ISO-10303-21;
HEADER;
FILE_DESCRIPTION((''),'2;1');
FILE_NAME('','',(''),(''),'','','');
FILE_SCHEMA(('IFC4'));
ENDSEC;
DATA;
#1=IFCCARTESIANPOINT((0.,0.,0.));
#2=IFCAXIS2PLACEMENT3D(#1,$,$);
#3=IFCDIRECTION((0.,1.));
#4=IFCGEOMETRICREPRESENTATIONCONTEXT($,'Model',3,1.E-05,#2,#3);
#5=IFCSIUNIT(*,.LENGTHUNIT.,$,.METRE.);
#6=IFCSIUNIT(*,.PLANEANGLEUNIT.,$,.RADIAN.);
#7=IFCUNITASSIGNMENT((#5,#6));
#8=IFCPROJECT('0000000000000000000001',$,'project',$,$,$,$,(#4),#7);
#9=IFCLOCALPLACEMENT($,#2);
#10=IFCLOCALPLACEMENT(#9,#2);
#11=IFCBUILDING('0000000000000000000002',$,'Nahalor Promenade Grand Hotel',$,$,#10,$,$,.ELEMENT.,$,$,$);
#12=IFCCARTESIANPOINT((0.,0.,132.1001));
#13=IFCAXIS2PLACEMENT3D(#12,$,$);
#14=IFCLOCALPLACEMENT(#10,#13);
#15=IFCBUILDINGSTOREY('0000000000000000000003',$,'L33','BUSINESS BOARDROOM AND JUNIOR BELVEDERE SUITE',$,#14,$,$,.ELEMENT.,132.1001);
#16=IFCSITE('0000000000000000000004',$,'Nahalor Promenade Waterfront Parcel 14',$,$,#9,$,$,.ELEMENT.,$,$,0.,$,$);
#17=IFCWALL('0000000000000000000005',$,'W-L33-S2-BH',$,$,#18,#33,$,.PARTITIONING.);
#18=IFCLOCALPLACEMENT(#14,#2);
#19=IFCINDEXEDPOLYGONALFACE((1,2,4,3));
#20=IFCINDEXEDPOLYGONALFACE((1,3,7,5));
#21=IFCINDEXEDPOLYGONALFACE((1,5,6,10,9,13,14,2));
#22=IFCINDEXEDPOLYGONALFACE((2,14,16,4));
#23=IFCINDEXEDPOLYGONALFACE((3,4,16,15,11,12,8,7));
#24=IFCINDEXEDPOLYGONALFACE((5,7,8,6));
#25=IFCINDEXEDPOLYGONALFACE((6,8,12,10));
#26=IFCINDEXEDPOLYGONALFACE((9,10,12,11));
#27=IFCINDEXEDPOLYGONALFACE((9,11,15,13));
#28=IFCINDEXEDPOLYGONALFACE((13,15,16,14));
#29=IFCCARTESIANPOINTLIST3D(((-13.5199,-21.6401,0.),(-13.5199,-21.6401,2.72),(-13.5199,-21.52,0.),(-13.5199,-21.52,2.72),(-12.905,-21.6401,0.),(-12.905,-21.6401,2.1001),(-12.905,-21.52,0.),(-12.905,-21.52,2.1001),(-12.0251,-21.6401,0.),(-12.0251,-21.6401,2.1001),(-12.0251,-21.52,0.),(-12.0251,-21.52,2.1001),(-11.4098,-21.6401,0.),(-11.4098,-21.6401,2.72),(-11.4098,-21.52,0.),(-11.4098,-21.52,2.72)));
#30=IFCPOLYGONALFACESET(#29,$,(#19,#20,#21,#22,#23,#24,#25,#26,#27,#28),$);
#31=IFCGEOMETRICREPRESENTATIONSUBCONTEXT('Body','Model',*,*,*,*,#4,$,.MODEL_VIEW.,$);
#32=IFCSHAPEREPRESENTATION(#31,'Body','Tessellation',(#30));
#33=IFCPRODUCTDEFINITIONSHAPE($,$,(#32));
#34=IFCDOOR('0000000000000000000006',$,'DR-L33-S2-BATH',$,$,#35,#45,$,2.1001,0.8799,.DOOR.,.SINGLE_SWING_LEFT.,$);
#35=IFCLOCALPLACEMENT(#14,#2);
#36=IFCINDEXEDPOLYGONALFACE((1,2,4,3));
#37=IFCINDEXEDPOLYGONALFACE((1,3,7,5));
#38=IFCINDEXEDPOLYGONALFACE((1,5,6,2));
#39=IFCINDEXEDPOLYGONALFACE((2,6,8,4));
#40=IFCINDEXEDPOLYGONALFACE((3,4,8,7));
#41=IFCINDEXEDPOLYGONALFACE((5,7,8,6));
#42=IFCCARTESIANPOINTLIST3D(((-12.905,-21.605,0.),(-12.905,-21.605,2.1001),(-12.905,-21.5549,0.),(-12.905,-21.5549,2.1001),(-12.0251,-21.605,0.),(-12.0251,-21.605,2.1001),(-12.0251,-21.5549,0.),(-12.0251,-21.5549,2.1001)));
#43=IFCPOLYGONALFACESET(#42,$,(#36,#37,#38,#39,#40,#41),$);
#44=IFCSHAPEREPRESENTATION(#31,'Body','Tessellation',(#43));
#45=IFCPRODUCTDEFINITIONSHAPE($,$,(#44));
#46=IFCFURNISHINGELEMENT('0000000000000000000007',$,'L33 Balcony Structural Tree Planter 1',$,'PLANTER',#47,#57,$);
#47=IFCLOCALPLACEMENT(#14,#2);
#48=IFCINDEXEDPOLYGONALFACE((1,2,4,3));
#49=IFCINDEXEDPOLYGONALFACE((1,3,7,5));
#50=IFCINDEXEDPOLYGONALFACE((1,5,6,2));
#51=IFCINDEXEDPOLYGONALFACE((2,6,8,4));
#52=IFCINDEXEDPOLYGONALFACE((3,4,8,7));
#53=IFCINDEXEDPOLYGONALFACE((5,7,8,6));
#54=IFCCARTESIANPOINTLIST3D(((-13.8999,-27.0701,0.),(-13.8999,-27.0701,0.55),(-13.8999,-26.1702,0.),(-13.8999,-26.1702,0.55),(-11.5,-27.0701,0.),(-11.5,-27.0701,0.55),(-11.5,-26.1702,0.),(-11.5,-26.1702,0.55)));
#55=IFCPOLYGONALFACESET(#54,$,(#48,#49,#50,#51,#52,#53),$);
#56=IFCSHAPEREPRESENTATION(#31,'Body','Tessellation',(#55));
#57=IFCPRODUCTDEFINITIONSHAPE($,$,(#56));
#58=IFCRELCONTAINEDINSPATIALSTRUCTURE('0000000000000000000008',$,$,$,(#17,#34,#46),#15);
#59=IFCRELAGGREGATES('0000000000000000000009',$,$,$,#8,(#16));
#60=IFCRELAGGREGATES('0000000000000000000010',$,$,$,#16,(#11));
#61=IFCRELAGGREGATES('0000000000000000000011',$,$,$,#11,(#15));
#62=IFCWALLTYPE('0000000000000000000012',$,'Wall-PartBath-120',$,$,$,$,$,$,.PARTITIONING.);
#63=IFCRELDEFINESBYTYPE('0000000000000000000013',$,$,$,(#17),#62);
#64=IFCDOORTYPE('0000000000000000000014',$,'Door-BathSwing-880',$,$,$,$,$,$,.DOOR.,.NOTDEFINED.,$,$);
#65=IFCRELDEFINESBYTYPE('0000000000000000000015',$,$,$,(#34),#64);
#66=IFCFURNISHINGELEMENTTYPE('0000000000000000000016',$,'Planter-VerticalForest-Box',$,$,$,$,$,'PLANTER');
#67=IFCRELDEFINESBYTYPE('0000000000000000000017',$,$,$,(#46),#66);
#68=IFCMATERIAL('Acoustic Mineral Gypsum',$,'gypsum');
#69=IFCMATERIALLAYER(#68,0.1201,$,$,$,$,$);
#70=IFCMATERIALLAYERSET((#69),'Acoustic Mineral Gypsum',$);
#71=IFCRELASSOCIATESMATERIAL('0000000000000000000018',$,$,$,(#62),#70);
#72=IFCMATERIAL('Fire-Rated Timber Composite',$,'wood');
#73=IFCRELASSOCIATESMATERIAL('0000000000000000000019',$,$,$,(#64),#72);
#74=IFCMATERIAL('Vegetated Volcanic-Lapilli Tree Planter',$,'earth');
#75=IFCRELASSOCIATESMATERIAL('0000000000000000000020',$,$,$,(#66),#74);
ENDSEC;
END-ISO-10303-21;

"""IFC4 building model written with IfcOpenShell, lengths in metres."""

from ifc_helpers import new_model, si_unit, direction, frame, frame_2d, origin, origin_2d, place, context, subcontext, project, spatial, rectangle, extrude, source, transform, mapped, material, layer, layer_set, type_object, element, fill, save


model = new_model("IFC4")

# Units and contexts
model_context = context("Model", 3, precision=1e-05, world=origin(), true_north=direction((0.0, 1.0)))
body_context = subcontext(model_context, "Body", "Model", "MODEL_VIEW")
ifc_project = project(units=[si_unit("LENGTHUNIT", "METRE"), si_unit("PLANEANGLEUNIT", "RADIAN")], contexts=[model_context])

# Site, building, storey
site_placement = place(None, origin())
site = spatial("IfcSite", under=ifc_project, at=site_placement, Name="Nahalor Promenade Waterfront Parcel 14", CompositionType="ELEMENT", RefElevation=0.0)
building_placement = place(site_placement, origin())
building = spatial("IfcBuilding", under=site, at=building_placement, Name="Nahalor Promenade Grand Hotel", CompositionType="ELEMENT")
storey_placement = place(building_placement, frame((0.0, 0.0, 132.1001)))
storey = spatial("IfcBuildingStorey", under=building, at=storey_placement, Name="L33", Description="BUSINESS BOARDROOM AND JUNIOR BELVEDERE SUITE", CompositionType="ELEMENT", Elevation=132.1001)

# Shared definitions
ifc_material_1 = material(Name="Acoustic Mineral Gypsum", Category="gypsum")
ifc_layer_1 = layer(ifc_material_1, 0.1201)
ifc_layer_set_1 = layer_set([ifc_layer_1], Name="Acoustic Mineral Gypsum")
wall_type_1 = type_object("IfcWallType", Name="Wall-PartBath-120", PredefinedType="PARTITIONING", material=ifc_layer_set_1)

# Wall, opening, door
ifc_material_2 = material(Name="Fire-Rated Timber Composite", Category="wood")
door_type_1 = type_object("IfcDoorType", Name="Door-BathSwing-880", OperationType="NOTDEFINED", PredefinedType="DOOR", material=ifc_material_2)
shared_shape_1 = source(origin(), body_context, "Body", "SweptSolid", [
    extrude(rectangle(XDim=0.8799, YDim=2.1001, at=frame_2d((0.4399, 1.05))), frame((0.0, 0.0249, 0.0), z_axis=(0.0, -1.0, 0.0), x_axis=(1.0, 0.0, 0.0)), (0.0, 0.0, 1.0), 0.05),
])
shared_shape_2 = source(origin(), body_context, "Body", "SweptSolid", [
    extrude(rectangle(XDim=2.1101, YDim=0.1201, at=frame_2d((1.0552, 0.0))), origin(), (0.0, 0.0, 1.0), 2.72),
])
wall_1_placement = place(storey_placement, frame((-13.52, -21.5801, 0.0), z_axis=(0.0, 0.0, 1.0), x_axis=(1.0, 0.0, 0.0)))
wall_1 = element("IfcWall", 1, at=wall_1_placement, inside=storey, type_object=wall_type_1, Name="W-L33-S2-BH", PredefinedType="PARTITIONING", context=body_context, shape_type="MappedRepresentation", body=[
    mapped(shared_shape_2, transform((0.0, 0.0, 0.0), scale=1.0)),
])
opening_1_placement = place(wall_1_placement, frame((0.615, 0.0, 0.0)))
opening_1 = element("IfcOpeningElement", 2, at=opening_1_placement, cuts=wall_1, PredefinedType="OPENING", context=body_context, shape_type="SweptSolid", body=[
    extrude(rectangle(XDim=0.8799, YDim=2.1001, at=frame_2d((0.4399, 1.05))), frame((0.0, 0.0701, 0.0), z_axis=(0.0, -1.0, 0.0), x_axis=(1.0, 0.0, 0.0)), (0.0, 0.0, 1.0), 0.1401),
])
door_1_placement = place(opening_1_placement, frame((0.8799, 0.0, 0.0), z_axis=(0.0, 0.0, 1.0), x_axis=(-1.0, 0.0, 0.0)))
door_1 = element("IfcDoor", 3, at=door_1_placement, inside=storey, type_object=door_type_1, Name="DR-L33-S2-BATH", OperationType="SINGLE_SWING_LEFT", OverallHeight=2.1001, OverallWidth=0.8799, PredefinedType="DOOR", context=body_context, shape_type="MappedRepresentation", body=[
    mapped(shared_shape_1, transform((0.0, 0.0, 0.0), scale=1.0)),
])
fill(opening_1, door_1)

# Furnishing element
ifc_material_3 = material(Name="Vegetated Volcanic-Lapilli Tree Planter", Category="earth")
furnishing_element_type = type_object("IfcFurnishingElementType", Name="Planter-VerticalForest-Box", ElementType="PLANTER", material=ifc_material_3)
shared_shape_3 = source(origin(), body_context, "Body", "SweptSolid", [
    extrude(rectangle(XDim=2.3999, YDim=0.8999, at=origin_2d()), origin(), (0.0, 0.0, 1.0), 0.55),
])
furnishing_placement = place(storey_placement, frame((-12.7, -26.6201, 0.0), z_axis=(0.0, 0.0, 1.0), x_axis=(1.0, 0.0, 0.0)))
element("IfcFurnishingElement", 4, at=furnishing_placement, inside=storey, type_object=furnishing_element_type, Name="L33 Balcony Structural Tree Planter 1", ObjectType="PLANTER", context=body_context, shape_type="MappedRepresentation", body=[
    mapped(shared_shape_3, transform((0.0, 0.0, 0.0), scale=1.0)),
])

save(model, "model.ifc")
